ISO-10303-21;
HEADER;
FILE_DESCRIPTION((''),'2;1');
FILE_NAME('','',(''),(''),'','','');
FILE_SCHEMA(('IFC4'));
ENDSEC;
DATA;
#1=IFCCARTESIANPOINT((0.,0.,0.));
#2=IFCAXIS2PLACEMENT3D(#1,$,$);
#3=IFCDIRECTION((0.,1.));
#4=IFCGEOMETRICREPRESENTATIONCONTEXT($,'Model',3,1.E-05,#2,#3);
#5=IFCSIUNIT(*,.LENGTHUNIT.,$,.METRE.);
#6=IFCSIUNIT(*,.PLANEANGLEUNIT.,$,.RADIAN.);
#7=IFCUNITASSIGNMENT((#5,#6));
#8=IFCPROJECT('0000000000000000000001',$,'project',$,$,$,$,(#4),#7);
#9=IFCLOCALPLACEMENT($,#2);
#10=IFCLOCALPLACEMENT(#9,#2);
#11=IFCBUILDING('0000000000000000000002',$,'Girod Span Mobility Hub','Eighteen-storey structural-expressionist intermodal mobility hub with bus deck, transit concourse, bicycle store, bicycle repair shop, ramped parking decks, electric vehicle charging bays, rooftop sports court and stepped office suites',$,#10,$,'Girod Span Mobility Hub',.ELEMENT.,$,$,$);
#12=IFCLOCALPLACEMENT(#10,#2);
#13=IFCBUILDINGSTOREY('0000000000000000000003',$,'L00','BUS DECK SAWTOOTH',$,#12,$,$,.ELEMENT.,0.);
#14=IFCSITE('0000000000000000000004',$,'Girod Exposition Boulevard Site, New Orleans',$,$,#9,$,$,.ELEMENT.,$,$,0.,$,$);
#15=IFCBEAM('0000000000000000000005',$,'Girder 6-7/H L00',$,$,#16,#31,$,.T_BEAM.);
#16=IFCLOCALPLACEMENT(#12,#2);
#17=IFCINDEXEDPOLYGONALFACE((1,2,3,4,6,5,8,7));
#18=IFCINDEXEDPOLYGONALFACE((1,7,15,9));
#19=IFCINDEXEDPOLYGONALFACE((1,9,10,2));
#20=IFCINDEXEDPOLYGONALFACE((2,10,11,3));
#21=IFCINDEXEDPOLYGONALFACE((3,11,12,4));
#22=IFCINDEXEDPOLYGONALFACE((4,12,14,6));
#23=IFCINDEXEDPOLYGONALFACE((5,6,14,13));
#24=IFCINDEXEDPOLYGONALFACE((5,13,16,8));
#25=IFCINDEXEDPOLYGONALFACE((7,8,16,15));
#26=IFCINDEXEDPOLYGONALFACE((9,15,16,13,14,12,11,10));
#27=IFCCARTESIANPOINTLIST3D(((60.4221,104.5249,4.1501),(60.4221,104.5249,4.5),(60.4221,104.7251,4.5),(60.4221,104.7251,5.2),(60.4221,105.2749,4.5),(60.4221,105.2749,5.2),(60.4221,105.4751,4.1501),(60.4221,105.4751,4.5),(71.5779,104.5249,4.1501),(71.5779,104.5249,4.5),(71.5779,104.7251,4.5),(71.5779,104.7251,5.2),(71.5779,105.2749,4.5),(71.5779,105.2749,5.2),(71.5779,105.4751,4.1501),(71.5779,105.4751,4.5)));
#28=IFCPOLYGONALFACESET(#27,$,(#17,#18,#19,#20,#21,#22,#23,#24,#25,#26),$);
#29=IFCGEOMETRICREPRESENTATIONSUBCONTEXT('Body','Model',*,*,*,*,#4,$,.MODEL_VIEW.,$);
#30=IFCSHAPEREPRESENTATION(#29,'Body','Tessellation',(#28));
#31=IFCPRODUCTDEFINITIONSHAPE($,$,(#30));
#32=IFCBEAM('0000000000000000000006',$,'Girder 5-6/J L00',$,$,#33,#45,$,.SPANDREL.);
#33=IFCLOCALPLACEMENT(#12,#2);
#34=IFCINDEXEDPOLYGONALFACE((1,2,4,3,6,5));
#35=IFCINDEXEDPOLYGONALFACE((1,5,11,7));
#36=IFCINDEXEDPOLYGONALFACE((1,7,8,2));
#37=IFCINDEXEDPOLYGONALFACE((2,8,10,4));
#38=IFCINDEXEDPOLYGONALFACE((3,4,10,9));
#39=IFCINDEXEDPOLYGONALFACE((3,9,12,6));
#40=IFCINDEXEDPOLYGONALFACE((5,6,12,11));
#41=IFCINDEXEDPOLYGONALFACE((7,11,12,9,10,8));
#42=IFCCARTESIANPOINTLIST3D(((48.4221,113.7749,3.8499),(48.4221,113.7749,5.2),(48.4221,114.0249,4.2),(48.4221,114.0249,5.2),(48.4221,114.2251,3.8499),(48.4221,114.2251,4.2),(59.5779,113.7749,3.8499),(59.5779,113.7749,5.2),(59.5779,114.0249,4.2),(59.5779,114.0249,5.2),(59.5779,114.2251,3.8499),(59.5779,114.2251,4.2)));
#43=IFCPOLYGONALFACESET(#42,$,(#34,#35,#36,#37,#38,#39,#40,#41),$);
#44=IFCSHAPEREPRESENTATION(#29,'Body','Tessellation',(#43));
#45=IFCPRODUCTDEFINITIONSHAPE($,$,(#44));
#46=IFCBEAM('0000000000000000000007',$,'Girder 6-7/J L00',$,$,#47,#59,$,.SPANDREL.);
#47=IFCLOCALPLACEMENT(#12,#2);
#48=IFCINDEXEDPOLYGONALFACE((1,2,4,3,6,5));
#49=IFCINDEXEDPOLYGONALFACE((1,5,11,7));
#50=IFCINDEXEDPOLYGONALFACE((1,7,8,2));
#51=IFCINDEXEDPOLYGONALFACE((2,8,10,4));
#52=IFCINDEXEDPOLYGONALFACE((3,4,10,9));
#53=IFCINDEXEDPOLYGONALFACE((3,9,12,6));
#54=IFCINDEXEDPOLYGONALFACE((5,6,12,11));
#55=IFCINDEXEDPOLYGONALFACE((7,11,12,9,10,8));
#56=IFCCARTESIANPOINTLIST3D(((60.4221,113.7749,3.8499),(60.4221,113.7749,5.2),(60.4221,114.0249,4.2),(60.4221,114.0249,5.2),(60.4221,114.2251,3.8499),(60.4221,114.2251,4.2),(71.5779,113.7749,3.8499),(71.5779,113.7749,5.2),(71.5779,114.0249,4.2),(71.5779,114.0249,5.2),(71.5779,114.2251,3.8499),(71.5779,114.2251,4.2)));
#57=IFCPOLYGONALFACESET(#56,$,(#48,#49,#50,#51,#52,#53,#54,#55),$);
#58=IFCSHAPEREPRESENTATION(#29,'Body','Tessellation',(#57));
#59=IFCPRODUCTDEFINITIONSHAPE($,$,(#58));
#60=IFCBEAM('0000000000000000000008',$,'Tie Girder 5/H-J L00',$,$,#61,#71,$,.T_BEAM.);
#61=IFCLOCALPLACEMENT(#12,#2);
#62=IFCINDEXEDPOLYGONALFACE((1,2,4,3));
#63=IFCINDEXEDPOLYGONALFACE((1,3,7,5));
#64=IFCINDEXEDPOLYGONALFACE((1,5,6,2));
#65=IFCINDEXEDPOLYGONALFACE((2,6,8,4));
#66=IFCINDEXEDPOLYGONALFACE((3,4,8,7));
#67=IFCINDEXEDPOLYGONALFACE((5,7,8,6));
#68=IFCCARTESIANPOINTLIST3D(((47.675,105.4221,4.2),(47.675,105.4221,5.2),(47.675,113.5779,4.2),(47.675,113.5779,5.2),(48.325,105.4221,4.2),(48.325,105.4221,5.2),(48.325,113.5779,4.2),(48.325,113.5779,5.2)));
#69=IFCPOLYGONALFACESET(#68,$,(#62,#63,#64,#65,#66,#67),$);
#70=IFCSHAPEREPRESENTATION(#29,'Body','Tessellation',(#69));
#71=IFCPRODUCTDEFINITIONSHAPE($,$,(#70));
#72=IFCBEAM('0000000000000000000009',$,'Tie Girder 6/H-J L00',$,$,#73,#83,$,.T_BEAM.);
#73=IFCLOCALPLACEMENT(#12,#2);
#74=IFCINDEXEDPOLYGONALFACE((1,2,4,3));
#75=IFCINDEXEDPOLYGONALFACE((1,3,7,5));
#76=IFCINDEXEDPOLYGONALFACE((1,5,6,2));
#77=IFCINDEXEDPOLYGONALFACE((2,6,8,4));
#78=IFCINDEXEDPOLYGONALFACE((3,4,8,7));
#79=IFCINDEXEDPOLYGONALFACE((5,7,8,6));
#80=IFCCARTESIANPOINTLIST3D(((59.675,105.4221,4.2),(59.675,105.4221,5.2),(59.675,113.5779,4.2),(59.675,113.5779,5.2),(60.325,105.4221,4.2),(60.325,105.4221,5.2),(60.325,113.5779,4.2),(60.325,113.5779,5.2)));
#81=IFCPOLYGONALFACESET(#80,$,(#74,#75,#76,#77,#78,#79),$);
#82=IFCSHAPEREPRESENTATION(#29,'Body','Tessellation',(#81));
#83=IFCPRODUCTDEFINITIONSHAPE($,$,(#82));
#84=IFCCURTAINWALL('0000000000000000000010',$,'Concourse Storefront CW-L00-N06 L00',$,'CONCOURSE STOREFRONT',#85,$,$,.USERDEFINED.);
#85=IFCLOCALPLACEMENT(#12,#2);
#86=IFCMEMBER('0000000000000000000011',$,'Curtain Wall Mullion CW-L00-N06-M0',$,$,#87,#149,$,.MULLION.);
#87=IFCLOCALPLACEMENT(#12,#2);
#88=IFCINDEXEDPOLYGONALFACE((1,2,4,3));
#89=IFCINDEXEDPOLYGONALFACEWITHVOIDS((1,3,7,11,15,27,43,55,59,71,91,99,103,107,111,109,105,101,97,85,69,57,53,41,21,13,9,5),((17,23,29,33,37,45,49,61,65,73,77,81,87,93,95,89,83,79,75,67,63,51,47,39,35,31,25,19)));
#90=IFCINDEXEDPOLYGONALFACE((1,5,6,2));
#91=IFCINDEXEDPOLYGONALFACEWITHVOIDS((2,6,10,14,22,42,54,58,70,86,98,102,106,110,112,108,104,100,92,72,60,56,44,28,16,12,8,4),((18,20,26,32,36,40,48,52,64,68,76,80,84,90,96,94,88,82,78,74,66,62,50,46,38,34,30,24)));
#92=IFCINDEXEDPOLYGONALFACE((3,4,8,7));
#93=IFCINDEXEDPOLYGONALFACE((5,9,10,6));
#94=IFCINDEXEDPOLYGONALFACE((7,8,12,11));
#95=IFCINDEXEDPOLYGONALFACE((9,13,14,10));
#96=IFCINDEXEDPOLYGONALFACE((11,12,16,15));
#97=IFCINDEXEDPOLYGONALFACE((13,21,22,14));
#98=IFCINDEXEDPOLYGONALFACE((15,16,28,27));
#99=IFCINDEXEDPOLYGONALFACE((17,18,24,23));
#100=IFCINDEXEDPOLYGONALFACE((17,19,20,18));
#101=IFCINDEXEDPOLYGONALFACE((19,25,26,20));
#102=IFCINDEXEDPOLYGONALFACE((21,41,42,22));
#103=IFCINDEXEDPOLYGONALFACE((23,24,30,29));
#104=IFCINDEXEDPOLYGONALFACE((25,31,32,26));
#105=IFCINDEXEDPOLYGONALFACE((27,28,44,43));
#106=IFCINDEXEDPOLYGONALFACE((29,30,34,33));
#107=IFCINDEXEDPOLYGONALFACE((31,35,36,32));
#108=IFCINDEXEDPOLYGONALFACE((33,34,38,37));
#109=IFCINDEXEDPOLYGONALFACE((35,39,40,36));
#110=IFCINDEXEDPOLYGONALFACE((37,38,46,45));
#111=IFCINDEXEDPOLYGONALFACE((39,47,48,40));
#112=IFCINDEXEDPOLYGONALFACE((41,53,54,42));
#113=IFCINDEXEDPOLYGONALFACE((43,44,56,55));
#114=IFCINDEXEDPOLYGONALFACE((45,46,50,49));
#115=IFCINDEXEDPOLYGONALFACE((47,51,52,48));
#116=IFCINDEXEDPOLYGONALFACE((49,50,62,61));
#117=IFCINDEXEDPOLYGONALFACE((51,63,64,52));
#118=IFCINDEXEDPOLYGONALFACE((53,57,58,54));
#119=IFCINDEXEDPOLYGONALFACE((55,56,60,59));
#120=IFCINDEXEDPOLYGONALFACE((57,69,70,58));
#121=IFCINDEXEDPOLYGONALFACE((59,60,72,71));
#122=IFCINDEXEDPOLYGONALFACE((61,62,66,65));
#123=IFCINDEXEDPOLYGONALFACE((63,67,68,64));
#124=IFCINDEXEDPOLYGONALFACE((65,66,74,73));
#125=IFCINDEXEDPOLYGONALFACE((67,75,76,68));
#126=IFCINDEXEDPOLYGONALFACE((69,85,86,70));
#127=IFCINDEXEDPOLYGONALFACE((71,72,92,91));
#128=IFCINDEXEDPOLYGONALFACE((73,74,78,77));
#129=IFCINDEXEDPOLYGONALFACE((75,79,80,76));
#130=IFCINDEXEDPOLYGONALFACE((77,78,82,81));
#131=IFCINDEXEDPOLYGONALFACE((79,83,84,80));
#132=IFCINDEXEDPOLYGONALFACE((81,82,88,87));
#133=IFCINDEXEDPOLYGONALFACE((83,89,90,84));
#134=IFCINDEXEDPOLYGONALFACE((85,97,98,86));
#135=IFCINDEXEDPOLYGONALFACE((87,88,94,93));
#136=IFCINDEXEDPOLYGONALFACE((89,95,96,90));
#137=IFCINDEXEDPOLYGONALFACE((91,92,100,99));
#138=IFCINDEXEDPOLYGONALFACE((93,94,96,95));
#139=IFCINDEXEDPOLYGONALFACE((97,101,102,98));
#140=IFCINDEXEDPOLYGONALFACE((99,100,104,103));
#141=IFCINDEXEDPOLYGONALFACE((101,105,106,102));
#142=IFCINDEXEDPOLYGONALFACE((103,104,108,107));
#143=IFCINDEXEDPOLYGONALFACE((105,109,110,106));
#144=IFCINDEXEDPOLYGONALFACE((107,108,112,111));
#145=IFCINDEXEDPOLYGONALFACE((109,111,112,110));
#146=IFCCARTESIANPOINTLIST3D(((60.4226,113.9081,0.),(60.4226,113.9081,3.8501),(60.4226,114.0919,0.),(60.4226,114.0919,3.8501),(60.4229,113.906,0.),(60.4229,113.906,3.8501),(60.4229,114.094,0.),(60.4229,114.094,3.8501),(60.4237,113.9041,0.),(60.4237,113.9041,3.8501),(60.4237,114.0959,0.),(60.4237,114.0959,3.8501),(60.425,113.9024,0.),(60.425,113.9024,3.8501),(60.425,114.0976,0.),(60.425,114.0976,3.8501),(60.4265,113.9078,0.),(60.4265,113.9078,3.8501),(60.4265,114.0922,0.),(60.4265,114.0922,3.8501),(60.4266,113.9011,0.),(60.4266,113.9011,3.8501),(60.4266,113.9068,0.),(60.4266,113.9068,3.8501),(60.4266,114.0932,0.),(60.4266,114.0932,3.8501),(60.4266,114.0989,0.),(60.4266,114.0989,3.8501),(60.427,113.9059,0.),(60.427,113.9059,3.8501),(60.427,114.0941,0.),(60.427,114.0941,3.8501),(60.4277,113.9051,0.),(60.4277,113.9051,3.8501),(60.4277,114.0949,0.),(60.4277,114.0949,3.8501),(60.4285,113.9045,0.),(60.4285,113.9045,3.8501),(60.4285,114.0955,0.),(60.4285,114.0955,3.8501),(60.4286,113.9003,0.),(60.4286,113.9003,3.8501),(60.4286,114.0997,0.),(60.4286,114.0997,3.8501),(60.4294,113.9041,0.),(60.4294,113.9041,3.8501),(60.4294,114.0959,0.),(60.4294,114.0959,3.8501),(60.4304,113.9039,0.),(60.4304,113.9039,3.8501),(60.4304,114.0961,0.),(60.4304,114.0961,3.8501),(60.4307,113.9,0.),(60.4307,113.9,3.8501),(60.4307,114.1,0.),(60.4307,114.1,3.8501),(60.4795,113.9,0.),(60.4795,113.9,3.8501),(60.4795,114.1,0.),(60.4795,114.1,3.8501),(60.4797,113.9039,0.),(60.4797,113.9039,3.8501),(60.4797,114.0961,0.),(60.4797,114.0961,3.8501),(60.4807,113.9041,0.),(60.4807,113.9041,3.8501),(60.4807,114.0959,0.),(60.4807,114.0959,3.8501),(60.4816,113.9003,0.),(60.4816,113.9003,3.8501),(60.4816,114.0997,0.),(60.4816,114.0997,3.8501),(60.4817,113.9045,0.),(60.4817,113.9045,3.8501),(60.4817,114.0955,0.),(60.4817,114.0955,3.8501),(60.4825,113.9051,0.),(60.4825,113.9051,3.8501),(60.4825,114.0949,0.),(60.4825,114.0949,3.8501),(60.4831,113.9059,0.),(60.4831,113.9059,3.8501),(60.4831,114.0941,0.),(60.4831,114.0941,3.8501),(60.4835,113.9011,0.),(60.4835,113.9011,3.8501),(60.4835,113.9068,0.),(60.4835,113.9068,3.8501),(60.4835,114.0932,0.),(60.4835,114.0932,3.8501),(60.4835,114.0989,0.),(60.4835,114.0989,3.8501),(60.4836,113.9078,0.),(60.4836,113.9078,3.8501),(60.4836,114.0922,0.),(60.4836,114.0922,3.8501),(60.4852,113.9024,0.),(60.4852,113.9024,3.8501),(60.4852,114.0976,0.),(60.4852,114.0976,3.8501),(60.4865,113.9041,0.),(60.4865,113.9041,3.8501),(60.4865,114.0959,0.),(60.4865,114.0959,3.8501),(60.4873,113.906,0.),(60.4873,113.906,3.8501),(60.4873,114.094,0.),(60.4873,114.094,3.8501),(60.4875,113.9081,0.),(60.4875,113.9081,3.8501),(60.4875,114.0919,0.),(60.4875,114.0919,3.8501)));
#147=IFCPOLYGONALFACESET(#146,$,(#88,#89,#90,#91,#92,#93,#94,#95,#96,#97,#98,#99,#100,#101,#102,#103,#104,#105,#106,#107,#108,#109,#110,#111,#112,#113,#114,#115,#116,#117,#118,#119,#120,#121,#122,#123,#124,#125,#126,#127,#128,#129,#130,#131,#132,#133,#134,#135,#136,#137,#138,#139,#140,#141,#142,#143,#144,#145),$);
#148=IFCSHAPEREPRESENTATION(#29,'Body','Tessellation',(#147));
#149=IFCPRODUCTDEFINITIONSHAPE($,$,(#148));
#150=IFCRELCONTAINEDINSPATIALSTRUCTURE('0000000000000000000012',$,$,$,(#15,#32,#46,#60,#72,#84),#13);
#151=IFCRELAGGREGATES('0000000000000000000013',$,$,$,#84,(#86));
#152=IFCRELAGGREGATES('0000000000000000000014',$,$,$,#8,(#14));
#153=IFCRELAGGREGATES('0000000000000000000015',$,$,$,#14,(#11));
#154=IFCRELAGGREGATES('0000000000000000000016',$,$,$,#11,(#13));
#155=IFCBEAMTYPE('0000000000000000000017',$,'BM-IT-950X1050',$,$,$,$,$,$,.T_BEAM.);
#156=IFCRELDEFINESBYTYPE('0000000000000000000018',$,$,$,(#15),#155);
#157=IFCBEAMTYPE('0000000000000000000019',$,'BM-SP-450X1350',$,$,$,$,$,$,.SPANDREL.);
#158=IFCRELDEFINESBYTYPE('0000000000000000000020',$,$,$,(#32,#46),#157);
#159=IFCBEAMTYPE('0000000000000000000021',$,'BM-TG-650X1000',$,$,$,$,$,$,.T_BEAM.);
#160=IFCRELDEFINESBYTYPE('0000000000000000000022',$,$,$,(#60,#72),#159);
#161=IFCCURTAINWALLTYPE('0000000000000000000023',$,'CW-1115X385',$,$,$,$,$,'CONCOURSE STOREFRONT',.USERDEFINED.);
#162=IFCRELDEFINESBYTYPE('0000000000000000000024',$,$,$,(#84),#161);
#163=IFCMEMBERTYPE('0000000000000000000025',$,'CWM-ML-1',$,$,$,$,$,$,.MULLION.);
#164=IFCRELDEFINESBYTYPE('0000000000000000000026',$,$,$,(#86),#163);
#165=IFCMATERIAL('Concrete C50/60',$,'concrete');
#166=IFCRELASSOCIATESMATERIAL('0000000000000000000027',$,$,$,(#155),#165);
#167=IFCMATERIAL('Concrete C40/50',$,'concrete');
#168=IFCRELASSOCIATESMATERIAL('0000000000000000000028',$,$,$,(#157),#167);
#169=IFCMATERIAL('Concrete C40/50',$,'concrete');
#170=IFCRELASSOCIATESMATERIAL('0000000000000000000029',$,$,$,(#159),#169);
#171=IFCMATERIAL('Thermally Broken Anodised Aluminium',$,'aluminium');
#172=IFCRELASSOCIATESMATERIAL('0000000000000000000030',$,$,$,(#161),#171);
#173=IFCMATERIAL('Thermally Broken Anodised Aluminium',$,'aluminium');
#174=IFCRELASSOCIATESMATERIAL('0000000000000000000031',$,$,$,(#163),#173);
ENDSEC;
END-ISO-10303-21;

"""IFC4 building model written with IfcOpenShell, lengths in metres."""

from ifc_helpers import new_model, si_unit, direction, frame, origin, origin_2d, place, context, subcontext, project, spatial, polyline, rectangle, hollow_rectangle, outline, extrude, material, material_profile, profile_set, type_object, element, aggregate, save


model = new_model("IFC4")

# Units and contexts
model_context = context("Model", 3, precision=1e-05, world=origin(), true_north=direction((0.0, 1.0)))
body_context = subcontext(model_context, "Body", "Model", "MODEL_VIEW")
ifc_project = project(units=[si_unit("LENGTHUNIT", "METRE"), si_unit("PLANEANGLEUNIT", "RADIAN")], contexts=[model_context])

# Site, building, storey
site_placement = place(None, origin())
site = spatial("IfcSite", under=ifc_project, at=site_placement, Name="Girod Exposition Boulevard Site, New Orleans", CompositionType="ELEMENT", RefElevation=0.0)
building_placement = place(site_placement, origin())
building = spatial("IfcBuilding", under=site, at=building_placement, Name="Girod Span Mobility Hub", Description="Eighteen-storey structural-expressionist intermodal mobility hub with bus deck, transit concourse, bicycle store, bicycle repair shop, ramped parking decks, electric vehicle charging bays, rooftop sports court and stepped office suites", LongName="Girod Span Mobility Hub", CompositionType="ELEMENT")
storey_placement = place(building_placement, origin())
storey = spatial("IfcBuildingStorey", under=building, at=storey_placement, Name="L00", Description="BUS DECK SAWTOOTH", CompositionType="ELEMENT", Elevation=0.0)

# Beams
ifc_material_1 = material(Name="Concrete C50/60", Category="concrete")
ifc_material_profile_1 = material_profile(ifc_material_1, outline(polyline([(-0.4751, -0.5249), (0.4751, -0.5249), (0.4751, -0.175), (0.2749, -0.175), (0.2749, 0.5249), (-0.2749, 0.5249), (-0.2749, -0.175), (-0.4751, -0.175), (-0.4751, -0.5249)])), Name="IT-950X1050")
ifc_profile_set_1 = profile_set([ifc_material_profile_1], Name="Concrete C50/60")
beam_type_1 = type_object("IfcBeamType", Name="BM-IT-950X1050", PredefinedType="T_BEAM", material=ifc_profile_set_1)
for number, where, z_axis, x_axis, name in (
    (1, (60.4221, 105.0, 4.675), (1.0, 0.0, 0.0), (0.0, 1.0, 0.0), "Girder 6-7/H L00"),
):
    element("IfcBeam", number, at=place(storey_placement, frame(where, z_axis=z_axis, x_axis=x_axis)), inside=storey, type_object=beam_type_1, Name=name, PredefinedType="T_BEAM", context=body_context, shape_type="SweptSolid", body=[
        extrude(outline(polyline([(-0.4751, -0.5249), (0.4751, -0.5249), (0.4751, -0.175), (0.2749, -0.175), (0.2749, 0.5249), (-0.2749, 0.5249), (-0.2749, -0.175), (-0.4751, -0.175), (-0.4751, -0.5249)])), origin(), (0.0, 0.0, 1.0), 11.1558),
    ])
ifc_material_2 = material(Name="Concrete C40/50", Category="concrete")
ifc_material_profile_2 = material_profile(ifc_material_2, outline(polyline([(-0.2251, -0.675), (0.2251, -0.675), (0.2251, -0.325), (0.0249, -0.325), (0.0249, 0.675), (-0.2251, 0.675), (-0.2251, -0.675)])), Name="SP-450X1350")
ifc_profile_set_2 = profile_set([ifc_material_profile_2], Name="Concrete C40/50")
beam_type_2 = type_object("IfcBeamType", Name="BM-SP-450X1350", PredefinedType="SPANDREL", material=ifc_profile_set_2)
for number, where, z_axis, x_axis, name in (
    (2, (48.4221, 114.0, 4.5249), (1.0, 0.0, 0.0), (0.0, 1.0, 0.0), "Girder 5-6/J L00"),
    (3, (60.4221, 114.0, 4.5249), (1.0, 0.0, 0.0), (0.0, 1.0, 0.0), "Girder 6-7/J L00"),
):
    element("IfcBeam", number, at=place(storey_placement, frame(where, z_axis=z_axis, x_axis=x_axis)), inside=storey, type_object=beam_type_2, Name=name, PredefinedType="SPANDREL", context=body_context, shape_type="SweptSolid", body=[
        extrude(outline(polyline([(-0.2251, -0.675), (0.2251, -0.675), (0.2251, -0.325), (0.0249, -0.325), (0.0249, 0.675), (-0.2251, 0.675), (-0.2251, -0.675)])), origin(), (0.0, 0.0, 1.0), 11.1558),
    ])
ifc_material_3 = material(Name="Concrete C40/50", Category="concrete")
ifc_material_profile_3 = material_profile(ifc_material_3, rectangle(XDim=0.6499, YDim=1.0, at=origin_2d()), Name="TG-650X1000")
ifc_profile_set_3 = profile_set([ifc_material_profile_3], Name="Concrete C40/50")
beam_type_3 = type_object("IfcBeamType", Name="BM-TG-650X1000", PredefinedType="T_BEAM", material=ifc_profile_set_3)
for number, where, z_axis, x_axis, name in (
    (4, (48.0, 105.4221, 4.7), (0.0, 1.0, 0.0), (-1.0, 0.0, 0.0), "Tie Girder 5/H-J L00"),
    (5, (60.0, 105.4221, 4.7), (0.0, 1.0, 0.0), (-1.0, 0.0, 0.0), "Tie Girder 6/H-J L00"),
):
    element("IfcBeam", number, at=place(storey_placement, frame(where, z_axis=z_axis, x_axis=x_axis)), inside=storey, type_object=beam_type_3, Name=name, PredefinedType="T_BEAM", context=body_context, shape_type="SweptSolid", body=[
        extrude(rectangle(XDim=0.6499, YDim=1.0, at=origin_2d()), origin(), (0.0, 0.0, 1.0), 8.1558),
    ])

# Curtain wall, member
ifc_material_4 = material(Name="Thermally Broken Anodised Aluminium", Category="aluminium")
curtain_wall_type = type_object("IfcCurtainWallType", Name="CW-1115X385", ElementType="CONCOURSE STOREFRONT", PredefinedType="USERDEFINED", material=ifc_material_4)
curtain_wall_placement = place(storey_placement, origin())
curtain_wall = element("IfcCurtainWall", 6, at=curtain_wall_placement, inside=storey, type_object=curtain_wall_type, Name="Concourse Storefront CW-L00-N06 L00", ObjectType="CONCOURSE STOREFRONT", PredefinedType="USERDEFINED")
ifc_material_5 = material(Name="Thermally Broken Anodised Aluminium", Category="aluminium")
ifc_material_profile_4 = material_profile(ifc_material_5, hollow_rectangle(XDim=0.2, YDim=0.0649, WallThickness=0.0039, InnerFilletRadius=0.0039, OuterFilletRadius=0.0081, at=origin_2d()), Name="CW-ML-65X200")
ifc_profile_set_4 = profile_set([ifc_material_profile_4], Name="Thermally Broken Anodised Aluminium")
member_type_1 = type_object("IfcMemberType", Name="CWM-ML-1", PredefinedType="MULLION", material=ifc_profile_set_4)
member_1_placement = place(storey_placement, frame((60.4551, 114.0, 0.0), z_axis=(0.0, 0.0, 1.0), x_axis=(0.0, 1.0, 0.0)))
member_1 = element("IfcMember", 7, at=member_1_placement, type_object=member_type_1, Name="Curtain Wall Mullion CW-L00-N06-M0", PredefinedType="MULLION", context=body_context, shape_type="SweptSolid", body=[
    extrude(hollow_rectangle(XDim=0.2, YDim=0.0649, WallThickness=0.0039, InnerFilletRadius=0.0039, OuterFilletRadius=0.0081, at=origin_2d()), origin(), (0.0, 0.0, 1.0), 3.8501),
])
aggregate(curtain_wall, [member_1])

save(model, "model.ifc")
